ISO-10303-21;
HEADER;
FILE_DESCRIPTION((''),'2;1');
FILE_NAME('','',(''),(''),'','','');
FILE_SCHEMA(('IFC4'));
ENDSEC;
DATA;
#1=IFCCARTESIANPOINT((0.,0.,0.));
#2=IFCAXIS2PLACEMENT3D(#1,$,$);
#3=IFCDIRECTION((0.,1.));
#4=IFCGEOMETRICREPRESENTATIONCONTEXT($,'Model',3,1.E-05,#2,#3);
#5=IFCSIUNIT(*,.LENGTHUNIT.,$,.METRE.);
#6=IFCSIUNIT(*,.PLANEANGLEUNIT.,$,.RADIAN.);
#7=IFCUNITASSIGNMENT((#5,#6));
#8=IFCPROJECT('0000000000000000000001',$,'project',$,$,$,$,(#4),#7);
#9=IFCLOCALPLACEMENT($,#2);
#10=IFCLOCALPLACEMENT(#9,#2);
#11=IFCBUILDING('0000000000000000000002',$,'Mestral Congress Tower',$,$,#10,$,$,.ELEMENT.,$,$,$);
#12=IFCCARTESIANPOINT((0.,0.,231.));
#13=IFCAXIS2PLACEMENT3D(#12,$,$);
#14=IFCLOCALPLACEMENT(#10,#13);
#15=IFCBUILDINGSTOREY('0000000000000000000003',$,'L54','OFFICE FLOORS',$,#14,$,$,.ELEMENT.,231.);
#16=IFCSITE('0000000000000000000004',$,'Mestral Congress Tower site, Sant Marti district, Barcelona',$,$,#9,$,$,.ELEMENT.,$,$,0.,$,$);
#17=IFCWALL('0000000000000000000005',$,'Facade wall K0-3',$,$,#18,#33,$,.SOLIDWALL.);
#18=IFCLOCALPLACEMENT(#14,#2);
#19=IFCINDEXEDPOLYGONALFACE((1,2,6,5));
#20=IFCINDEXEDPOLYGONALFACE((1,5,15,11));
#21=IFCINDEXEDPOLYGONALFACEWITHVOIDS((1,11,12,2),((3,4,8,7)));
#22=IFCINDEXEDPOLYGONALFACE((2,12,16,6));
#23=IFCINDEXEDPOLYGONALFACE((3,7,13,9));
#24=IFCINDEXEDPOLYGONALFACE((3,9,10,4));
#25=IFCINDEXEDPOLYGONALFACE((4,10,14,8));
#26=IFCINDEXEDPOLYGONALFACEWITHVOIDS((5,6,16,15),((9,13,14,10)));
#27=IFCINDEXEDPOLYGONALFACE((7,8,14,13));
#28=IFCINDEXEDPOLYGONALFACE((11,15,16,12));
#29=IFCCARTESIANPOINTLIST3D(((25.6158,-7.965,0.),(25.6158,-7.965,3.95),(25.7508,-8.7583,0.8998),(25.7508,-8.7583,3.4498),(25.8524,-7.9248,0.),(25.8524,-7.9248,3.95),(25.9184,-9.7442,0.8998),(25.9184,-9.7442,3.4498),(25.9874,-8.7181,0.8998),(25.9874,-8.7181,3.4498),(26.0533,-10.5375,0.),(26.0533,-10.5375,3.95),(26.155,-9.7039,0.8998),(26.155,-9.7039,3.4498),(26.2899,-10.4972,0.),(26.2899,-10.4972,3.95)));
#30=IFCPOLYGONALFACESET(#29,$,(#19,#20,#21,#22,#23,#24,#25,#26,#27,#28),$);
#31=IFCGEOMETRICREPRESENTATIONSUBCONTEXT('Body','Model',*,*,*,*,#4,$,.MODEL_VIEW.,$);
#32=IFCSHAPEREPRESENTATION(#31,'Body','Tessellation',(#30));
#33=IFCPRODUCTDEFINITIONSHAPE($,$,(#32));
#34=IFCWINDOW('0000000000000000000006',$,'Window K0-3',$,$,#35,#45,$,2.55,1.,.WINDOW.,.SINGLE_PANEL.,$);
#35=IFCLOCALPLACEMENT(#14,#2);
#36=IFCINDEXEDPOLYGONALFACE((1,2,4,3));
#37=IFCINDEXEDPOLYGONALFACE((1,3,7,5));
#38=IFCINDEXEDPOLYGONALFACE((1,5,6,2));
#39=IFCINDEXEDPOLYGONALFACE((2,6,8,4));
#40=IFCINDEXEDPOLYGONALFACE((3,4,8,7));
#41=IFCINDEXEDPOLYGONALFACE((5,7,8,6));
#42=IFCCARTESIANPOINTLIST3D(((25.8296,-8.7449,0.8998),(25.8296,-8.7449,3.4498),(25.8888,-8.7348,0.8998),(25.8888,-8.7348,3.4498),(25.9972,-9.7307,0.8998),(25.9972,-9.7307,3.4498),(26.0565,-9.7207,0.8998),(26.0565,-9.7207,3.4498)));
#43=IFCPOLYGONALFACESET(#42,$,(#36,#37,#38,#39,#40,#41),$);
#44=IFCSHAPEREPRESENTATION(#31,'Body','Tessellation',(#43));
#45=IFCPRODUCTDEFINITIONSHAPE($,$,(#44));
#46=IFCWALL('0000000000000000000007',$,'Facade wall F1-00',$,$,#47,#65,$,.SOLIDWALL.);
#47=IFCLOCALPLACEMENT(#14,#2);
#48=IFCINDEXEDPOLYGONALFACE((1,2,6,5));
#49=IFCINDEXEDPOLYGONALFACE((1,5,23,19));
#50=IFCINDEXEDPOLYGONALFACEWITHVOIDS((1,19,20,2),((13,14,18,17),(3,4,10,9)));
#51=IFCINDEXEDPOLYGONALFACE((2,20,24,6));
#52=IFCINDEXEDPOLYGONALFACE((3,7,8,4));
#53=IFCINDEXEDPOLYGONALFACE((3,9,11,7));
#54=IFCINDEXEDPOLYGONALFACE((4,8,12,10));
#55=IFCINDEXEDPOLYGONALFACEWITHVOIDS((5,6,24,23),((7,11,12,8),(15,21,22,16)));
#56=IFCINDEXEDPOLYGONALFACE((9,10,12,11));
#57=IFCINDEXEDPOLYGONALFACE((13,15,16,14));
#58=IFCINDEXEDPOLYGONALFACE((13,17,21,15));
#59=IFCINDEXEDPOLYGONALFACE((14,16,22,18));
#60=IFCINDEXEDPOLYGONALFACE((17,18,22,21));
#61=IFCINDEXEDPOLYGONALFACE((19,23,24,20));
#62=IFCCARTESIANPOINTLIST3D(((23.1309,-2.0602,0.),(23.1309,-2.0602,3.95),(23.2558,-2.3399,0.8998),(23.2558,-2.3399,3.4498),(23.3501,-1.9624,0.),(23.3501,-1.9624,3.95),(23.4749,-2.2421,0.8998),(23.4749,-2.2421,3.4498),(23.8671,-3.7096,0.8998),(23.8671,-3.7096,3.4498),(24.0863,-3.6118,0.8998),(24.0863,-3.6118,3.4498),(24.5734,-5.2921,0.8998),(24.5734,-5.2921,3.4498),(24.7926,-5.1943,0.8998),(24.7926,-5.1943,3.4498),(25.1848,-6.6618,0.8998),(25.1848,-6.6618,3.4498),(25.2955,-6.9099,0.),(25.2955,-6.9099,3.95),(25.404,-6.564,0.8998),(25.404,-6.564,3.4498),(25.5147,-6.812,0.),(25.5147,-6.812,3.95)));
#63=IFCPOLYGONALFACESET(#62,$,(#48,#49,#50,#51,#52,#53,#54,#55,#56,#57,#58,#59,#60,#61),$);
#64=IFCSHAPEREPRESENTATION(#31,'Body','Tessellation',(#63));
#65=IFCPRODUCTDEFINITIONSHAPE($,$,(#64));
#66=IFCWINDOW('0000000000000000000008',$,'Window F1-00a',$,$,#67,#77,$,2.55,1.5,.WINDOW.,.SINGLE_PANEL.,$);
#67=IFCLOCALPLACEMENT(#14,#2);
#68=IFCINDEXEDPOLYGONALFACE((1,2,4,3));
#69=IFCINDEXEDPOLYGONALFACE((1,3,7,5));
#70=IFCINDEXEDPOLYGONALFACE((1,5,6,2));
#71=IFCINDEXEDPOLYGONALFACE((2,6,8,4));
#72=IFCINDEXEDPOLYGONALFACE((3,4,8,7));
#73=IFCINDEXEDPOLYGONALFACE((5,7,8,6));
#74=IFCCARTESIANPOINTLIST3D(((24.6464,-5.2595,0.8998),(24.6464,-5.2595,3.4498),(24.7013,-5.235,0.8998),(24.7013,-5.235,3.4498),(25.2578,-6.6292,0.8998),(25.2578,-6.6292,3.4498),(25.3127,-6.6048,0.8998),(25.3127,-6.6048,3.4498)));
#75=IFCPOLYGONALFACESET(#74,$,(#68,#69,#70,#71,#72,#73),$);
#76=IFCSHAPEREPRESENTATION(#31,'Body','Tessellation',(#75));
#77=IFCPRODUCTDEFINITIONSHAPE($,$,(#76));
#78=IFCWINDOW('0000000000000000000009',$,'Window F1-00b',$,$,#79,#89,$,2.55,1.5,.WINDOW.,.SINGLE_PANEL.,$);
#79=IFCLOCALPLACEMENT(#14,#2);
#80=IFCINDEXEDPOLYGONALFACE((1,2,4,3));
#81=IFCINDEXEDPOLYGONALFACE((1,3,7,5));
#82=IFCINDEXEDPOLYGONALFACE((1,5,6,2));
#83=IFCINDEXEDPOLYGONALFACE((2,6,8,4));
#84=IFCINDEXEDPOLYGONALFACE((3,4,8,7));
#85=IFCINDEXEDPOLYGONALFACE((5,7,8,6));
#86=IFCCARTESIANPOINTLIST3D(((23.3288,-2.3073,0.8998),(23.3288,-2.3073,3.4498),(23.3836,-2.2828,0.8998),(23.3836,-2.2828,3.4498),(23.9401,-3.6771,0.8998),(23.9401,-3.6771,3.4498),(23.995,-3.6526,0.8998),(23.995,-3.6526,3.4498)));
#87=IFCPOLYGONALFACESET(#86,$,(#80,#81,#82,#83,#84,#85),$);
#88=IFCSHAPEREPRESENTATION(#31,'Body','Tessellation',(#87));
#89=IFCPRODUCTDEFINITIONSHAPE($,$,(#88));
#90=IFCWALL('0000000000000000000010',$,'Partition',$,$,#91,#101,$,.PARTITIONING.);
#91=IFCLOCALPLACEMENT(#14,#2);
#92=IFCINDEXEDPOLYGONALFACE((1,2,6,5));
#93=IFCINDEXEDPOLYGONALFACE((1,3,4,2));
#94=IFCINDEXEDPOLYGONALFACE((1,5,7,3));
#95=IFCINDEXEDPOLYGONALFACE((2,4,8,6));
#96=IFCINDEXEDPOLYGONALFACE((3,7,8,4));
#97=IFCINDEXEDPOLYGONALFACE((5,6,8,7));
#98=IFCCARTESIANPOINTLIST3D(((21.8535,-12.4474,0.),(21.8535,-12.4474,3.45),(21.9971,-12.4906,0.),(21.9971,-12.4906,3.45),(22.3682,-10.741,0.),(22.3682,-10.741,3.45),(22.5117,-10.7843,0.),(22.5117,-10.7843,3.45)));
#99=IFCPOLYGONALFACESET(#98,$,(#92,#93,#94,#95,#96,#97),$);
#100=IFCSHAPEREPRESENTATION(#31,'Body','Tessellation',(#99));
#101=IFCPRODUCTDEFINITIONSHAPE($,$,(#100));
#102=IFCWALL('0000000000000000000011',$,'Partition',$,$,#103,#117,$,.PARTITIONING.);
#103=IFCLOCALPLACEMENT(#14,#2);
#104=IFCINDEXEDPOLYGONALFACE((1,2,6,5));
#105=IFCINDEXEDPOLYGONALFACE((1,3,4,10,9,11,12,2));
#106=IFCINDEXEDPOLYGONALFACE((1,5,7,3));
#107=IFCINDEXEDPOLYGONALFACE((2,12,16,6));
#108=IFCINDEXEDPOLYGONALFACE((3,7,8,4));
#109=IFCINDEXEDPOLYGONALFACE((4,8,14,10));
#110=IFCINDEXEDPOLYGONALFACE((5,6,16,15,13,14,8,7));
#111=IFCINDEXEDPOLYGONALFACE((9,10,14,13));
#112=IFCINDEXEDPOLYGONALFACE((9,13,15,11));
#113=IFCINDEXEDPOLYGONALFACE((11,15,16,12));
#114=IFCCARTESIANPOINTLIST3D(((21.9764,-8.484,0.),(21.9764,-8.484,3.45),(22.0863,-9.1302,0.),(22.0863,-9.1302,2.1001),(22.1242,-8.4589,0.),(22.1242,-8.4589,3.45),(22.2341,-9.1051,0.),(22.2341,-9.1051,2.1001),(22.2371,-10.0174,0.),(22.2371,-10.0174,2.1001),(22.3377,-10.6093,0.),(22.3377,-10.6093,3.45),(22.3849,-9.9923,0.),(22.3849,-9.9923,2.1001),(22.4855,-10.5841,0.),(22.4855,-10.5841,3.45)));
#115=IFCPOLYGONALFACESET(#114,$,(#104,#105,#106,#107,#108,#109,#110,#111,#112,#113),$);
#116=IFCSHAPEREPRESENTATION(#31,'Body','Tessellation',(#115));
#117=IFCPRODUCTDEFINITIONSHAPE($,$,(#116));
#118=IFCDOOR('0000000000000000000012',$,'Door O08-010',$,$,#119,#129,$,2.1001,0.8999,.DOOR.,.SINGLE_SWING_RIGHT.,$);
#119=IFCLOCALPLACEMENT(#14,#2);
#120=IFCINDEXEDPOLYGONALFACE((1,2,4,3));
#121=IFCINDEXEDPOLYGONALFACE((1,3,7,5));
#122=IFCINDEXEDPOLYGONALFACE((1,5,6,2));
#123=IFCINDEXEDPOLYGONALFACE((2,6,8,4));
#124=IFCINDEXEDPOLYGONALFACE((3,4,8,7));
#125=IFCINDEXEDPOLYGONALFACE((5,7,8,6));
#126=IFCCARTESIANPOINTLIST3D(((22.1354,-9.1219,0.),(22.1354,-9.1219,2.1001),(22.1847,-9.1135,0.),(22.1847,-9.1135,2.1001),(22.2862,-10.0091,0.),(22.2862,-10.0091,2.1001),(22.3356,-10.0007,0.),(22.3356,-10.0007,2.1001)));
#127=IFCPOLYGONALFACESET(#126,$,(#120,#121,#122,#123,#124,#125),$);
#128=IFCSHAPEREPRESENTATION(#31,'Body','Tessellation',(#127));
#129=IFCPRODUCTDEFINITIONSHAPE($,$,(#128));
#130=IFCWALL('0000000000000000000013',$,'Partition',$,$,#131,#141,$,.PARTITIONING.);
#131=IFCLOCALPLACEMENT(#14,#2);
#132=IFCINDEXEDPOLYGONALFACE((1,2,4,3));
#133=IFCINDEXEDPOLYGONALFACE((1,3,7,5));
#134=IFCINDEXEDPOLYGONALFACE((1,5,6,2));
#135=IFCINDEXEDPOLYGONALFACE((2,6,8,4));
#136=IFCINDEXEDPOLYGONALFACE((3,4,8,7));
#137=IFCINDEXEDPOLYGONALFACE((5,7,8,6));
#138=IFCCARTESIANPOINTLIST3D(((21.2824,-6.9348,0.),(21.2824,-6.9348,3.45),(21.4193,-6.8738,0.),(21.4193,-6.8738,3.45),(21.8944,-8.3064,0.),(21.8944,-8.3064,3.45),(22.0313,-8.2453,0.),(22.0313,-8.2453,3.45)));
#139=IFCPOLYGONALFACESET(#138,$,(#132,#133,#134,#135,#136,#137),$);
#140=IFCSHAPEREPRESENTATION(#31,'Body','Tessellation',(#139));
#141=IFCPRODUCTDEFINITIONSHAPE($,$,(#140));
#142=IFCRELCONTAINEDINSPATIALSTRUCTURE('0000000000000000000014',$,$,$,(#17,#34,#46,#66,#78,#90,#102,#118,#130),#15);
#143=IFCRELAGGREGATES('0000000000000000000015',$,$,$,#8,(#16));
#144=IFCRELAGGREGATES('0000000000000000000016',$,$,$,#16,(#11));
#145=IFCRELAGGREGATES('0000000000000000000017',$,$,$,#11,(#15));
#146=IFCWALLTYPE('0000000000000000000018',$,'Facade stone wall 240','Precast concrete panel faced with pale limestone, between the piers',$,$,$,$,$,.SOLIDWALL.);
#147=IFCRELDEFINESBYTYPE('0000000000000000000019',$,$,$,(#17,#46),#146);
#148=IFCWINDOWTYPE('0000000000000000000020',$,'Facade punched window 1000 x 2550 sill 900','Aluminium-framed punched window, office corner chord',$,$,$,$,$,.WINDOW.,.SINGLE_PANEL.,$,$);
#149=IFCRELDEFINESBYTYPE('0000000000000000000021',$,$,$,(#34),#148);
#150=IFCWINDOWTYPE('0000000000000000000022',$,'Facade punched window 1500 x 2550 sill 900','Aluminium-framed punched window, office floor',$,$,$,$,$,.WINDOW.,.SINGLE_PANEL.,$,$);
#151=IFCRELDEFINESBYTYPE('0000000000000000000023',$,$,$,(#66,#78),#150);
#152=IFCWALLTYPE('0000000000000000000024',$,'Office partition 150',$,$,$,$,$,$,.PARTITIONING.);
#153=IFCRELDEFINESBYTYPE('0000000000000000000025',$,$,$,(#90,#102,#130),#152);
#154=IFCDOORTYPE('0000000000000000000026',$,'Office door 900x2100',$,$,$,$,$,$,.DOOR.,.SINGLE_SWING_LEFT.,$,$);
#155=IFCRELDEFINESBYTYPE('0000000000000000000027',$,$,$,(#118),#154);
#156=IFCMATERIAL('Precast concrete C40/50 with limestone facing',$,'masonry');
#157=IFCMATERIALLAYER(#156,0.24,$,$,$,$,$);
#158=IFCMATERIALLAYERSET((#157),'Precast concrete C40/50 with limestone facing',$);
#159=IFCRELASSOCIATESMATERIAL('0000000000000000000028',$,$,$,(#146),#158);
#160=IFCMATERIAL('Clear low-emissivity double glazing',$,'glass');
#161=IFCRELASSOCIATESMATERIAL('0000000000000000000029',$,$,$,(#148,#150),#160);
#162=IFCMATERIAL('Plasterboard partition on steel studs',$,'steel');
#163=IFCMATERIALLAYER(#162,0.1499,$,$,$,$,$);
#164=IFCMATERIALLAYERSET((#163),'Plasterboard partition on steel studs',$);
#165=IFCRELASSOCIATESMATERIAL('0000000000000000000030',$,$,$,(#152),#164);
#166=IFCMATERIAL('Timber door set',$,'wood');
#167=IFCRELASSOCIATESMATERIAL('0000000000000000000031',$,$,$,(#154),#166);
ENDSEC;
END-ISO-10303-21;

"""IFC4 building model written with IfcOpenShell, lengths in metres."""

from ifc_helpers import new_model, si_unit, direction, frame, frame_2d, origin, place, context, subcontext, project, spatial, rectangle, extrude, material, layer, layer_set, type_object, element, fill, save


model = new_model("IFC4")

# Units and contexts
model_context = context("Model", 3, precision=1e-05, world=origin(), true_north=direction((0.0, 1.0)))
body_context = subcontext(model_context, "Body", "Model", "MODEL_VIEW")
ifc_project = project(units=[si_unit("LENGTHUNIT", "METRE"), si_unit("PLANEANGLEUNIT", "RADIAN")], contexts=[model_context])

# Site, building, storey
site_placement = place(None, origin())
site = spatial("IfcSite", under=ifc_project, at=site_placement, Name="Mestral Congress Tower site, Sant Marti district, Barcelona", CompositionType="ELEMENT", RefElevation=0.0)
building_placement = place(site_placement, origin())
building = spatial("IfcBuilding", under=site, at=building_placement, Name="Mestral Congress Tower", CompositionType="ELEMENT")
storey_placement = place(building_placement, frame((0.0, 0.0, 231.0)))
storey = spatial("IfcBuildingStorey", under=building, at=storey_placement, Name="L54", Description="OFFICE FLOORS", CompositionType="ELEMENT", Elevation=231.0)

# Wall, opening, window
ifc_material_1 = material(Name="Precast concrete C40/50 with limestone facing", Category="masonry")
ifc_layer_1 = layer(ifc_material_1, 0.24)
ifc_layer_set_1 = layer_set([ifc_layer_1], Name="Precast concrete C40/50 with limestone facing")
wall_type_1 = type_object("IfcWallType", Name="Facade stone wall 240", Description="Precast concrete panel faced with pale limestone, between the piers", PredefinedType="SOLIDWALL", material=ifc_layer_set_1)
ifc_material_2 = material(Name="Clear low-emissivity double glazing", Category="glass")
window_type_1 = type_object("IfcWindowType", Name="Facade punched window 1000 x 2550 sill 900", Description="Aluminium-framed punched window, office corner chord", PartitioningType="SINGLE_PANEL", PredefinedType="WINDOW", material=ifc_material_2)
wall_1_placement = place(storey_placement, frame((26.1716, -10.5173, 0.0), z_axis=(0.0, 0.0, 1.0), x_axis=(-0.16766, 0.985845, 0.0)))
wall_1 = element("IfcWall", 1, at=wall_1_placement, inside=storey, type_object=wall_type_1, Name="Facade wall K0-3", PredefinedType="SOLIDWALL", context=body_context, shape_type="SweptSolid", body=[
    extrude(rectangle(XDim=2.6094, YDim=0.24, at=frame_2d((1.3047, 0.0))), origin(), (0.0, 0.0, 1.0), 3.95),
])
opening_1_placement = place(wall_1_placement, frame((0.8047, 0.0, 0.8999)))
opening_1 = element("IfcOpeningElement", 2, at=opening_1_placement, cuts=wall_1, PredefinedType="OPENING", context=body_context, shape_type="SweptSolid", body=[
    extrude(rectangle(XDim=1.0, YDim=2.55, at=frame_2d((0.5, 1.2749))), frame((0.0, 0.1299, 0.0), z_axis=(0.0, -1.0, 0.0), x_axis=(1.0, 0.0, 0.0)), (0.0, 0.0, 1.0), 0.26),
])
window_1_placement = place(opening_1_placement, origin())
window_1 = element("IfcWindow", 3, at=window_1_placement, inside=storey, type_object=window_type_1, Name="Window K0-3", OverallHeight=2.55, OverallWidth=1.0, PartitioningType="SINGLE_PANEL", PredefinedType="WINDOW", context=body_context, shape_type="SweptSolid", body=[
    extrude(rectangle(XDim=1.0, YDim=2.55, at=frame_2d((0.5, 1.2749))), frame((0.0, 0.04, 0.0), z_axis=(0.0, -1.0, 0.0), x_axis=(1.0, 0.0, 0.0)), (0.0, 0.0, 1.0), 0.0601),
])
fill(opening_1, window_1)

# Wall, openings, windows
wall_2_placement = place(storey_placement, frame((25.405, -6.8608, 0.0), z_axis=(0.0, 0.0, 1.0), x_axis=(-0.40758, 0.91317, 0.0)))
wall_2 = element("IfcWall", 4, at=wall_2_placement, inside=storey, type_object=wall_type_1, Name="Facade wall F1-00", PredefinedType="SOLIDWALL", context=body_context, shape_type="SweptSolid", body=[
    extrude(rectangle(XDim=5.3108, YDim=0.24, at=frame_2d((2.6553, 0.0))), origin(), (0.0, 0.0, 1.0), 3.95),
])
opening_2_placement = place(wall_2_placement, frame((0.2715, 0.0, 0.8999)))
opening_2 = element("IfcOpeningElement", 5, at=opening_2_placement, cuts=wall_2, PredefinedType="OPENING", context=body_context, shape_type="SweptSolid", body=[
    extrude(rectangle(XDim=1.5, YDim=2.55, at=frame_2d((0.75, 1.2749))), frame((0.0, 0.1299, 0.0), z_axis=(0.0, -1.0, 0.0), x_axis=(1.0, 0.0, 0.0)), (0.0, 0.0, 1.0), 0.26),
])
opening_3_placement = place(wall_2_placement, frame((3.5044, 0.0, 0.8999)))
opening_3 = element("IfcOpeningElement", 6, at=opening_3_placement, cuts=wall_2, PredefinedType="OPENING", context=body_context, shape_type="SweptSolid", body=[
    extrude(rectangle(XDim=1.5, YDim=2.55, at=frame_2d((0.75, 1.2749))), frame((0.0, 0.1299, 0.0), z_axis=(0.0, -1.0, 0.0), x_axis=(1.0, 0.0, 0.0)), (0.0, 0.0, 1.0), 0.26),
])
window_type_2 = type_object("IfcWindowType", Name="Facade punched window 1500 x 2550 sill 900", Description="Aluminium-framed punched window, office floor", PartitioningType="SINGLE_PANEL", PredefinedType="WINDOW", material=ifc_material_2)
window_2_placement = place(opening_2_placement, origin())
window_2 = element("IfcWindow", 7, at=window_2_placement, inside=storey, type_object=window_type_2, Name="Window F1-00a", OverallHeight=2.55, OverallWidth=1.5, PartitioningType="SINGLE_PANEL", PredefinedType="WINDOW", context=body_context, shape_type="SweptSolid", body=[
    extrude(rectangle(XDim=1.5, YDim=2.55, at=frame_2d((0.75, 1.2749))), frame((0.0, 0.04, 0.0), z_axis=(0.0, -1.0, 0.0), x_axis=(1.0, 0.0, 0.0)), (0.0, 0.0, 1.0), 0.0601),
])
fill(opening_2, window_2)
window_3_placement = place(opening_3_placement, origin())
window_3 = element("IfcWindow", 8, at=window_3_placement, inside=storey, type_object=window_type_2, Name="Window F1-00b", OverallHeight=2.55, OverallWidth=1.5, PartitioningType="SINGLE_PANEL", PredefinedType="WINDOW", context=body_context, shape_type="SweptSolid", body=[
    extrude(rectangle(XDim=1.5, YDim=2.55, at=frame_2d((0.75, 1.2749))), frame((0.0, 0.04, 0.0), z_axis=(0.0, -1.0, 0.0), x_axis=(1.0, 0.0, 0.0)), (0.0, 0.0, 1.0), 0.0601),
])
fill(opening_3, window_3)

# Wall
ifc_material_3 = material(Name="Plasterboard partition on steel studs", Category="steel")
ifc_layer_2 = layer(ifc_material_3, 0.1499)
ifc_layer_set_2 = layer_set([ifc_layer_2], Name="Plasterboard partition on steel studs")
wall_type_2 = type_object("IfcWallType", Name="Office partition 150", PredefinedType="PARTITIONING", material=ifc_layer_set_2)
wall_3_placement = place(storey_placement, frame((21.9253, -12.469, 0.0), z_axis=(0.0, 0.0, 1.0), x_axis=(0.288768, 0.957399, 0.0)))
element("IfcWall", 9, at=wall_3_placement, inside=storey, type_object=wall_type_2, Name="Partition", PredefinedType="PARTITIONING", context=body_context, shape_type="SweptSolid", body=[
    extrude(rectangle(XDim=1.7822, YDim=0.1499, at=frame_2d((0.8911, 0.0))), origin(), (0.0, 0.0, 1.0), 3.45),
])

# Wall, opening, door
wall_4_placement = place(storey_placement, frame((22.0503, -8.4714, 0.0), z_axis=(0.0, 0.0, 1.0), x_axis=(0.167612, -0.985853, 0.0)))
wall_4 = element("IfcWall", 10, at=wall_4_placement, inside=storey, type_object=wall_type_2, Name="Partition", PredefinedType="PARTITIONING", context=body_context, shape_type="SweptSolid", body=[
    extrude(rectangle(XDim=2.1558, YDim=0.1499, at=frame_2d((1.0779, 0.0))), origin(), (0.0, 0.0, 1.0), 3.45),
])
opening_4_placement = place(wall_4_placement, frame((0.6555, 0.0, 0.0)))
opening_4 = element("IfcOpeningElement", 11, at=opening_4_placement, cuts=wall_4, PredefinedType="OPENING", context=body_context, shape_type="SweptSolid", body=[
    extrude(rectangle(XDim=0.8999, YDim=2.1001, at=frame_2d((0.45, 1.05))), frame((0.0, 0.085, 0.0), z_axis=(0.0, -1.0, 0.0), x_axis=(1.0, 0.0, 0.0)), (0.0, 0.0, 1.0), 0.1699),
])
ifc_material_4 = material(Name="Timber door set", Category="wood")
door_type = type_object("IfcDoorType", Name="Office door 900x2100", OperationType="SINGLE_SWING_LEFT", PredefinedType="DOOR", material=ifc_material_4)
door_placement = place(opening_4_placement, origin())
door = element("IfcDoor", 12, at=door_placement, inside=storey, type_object=door_type, Name="Door O08-010", OperationType="SINGLE_SWING_RIGHT", OverallHeight=2.1001, OverallWidth=0.8999, PredefinedType="DOOR", context=body_context, shape_type="SweptSolid", body=[
    extrude(rectangle(XDim=0.8999, YDim=2.1001, at=frame_2d((0.45, 1.05))), frame((0.0, 0.0249, 0.0), z_axis=(0.0, -1.0, 0.0), x_axis=(1.0, 0.0, 0.0)), (0.0, 0.0, 1.0), 0.05),
])
fill(opening_4, door)

# Wall
wall_5_placement = place(storey_placement, frame((21.9629, -8.2759, 0.0), z_axis=(0.0, 0.0, 1.0), x_axis=(-0.40751, 0.913201, 0.0)))
element("IfcWall", 13, at=wall_5_placement, inside=storey, type_object=wall_type_2, Name="Partition", PredefinedType="PARTITIONING", context=body_context, shape_type="SweptSolid", body=[
    extrude(rectangle(XDim=1.502, YDim=0.1499, at=frame_2d((0.751, 0.0))), origin(), (0.0, 0.0, 1.0), 3.45),
])

save(model, "model.ifc")
